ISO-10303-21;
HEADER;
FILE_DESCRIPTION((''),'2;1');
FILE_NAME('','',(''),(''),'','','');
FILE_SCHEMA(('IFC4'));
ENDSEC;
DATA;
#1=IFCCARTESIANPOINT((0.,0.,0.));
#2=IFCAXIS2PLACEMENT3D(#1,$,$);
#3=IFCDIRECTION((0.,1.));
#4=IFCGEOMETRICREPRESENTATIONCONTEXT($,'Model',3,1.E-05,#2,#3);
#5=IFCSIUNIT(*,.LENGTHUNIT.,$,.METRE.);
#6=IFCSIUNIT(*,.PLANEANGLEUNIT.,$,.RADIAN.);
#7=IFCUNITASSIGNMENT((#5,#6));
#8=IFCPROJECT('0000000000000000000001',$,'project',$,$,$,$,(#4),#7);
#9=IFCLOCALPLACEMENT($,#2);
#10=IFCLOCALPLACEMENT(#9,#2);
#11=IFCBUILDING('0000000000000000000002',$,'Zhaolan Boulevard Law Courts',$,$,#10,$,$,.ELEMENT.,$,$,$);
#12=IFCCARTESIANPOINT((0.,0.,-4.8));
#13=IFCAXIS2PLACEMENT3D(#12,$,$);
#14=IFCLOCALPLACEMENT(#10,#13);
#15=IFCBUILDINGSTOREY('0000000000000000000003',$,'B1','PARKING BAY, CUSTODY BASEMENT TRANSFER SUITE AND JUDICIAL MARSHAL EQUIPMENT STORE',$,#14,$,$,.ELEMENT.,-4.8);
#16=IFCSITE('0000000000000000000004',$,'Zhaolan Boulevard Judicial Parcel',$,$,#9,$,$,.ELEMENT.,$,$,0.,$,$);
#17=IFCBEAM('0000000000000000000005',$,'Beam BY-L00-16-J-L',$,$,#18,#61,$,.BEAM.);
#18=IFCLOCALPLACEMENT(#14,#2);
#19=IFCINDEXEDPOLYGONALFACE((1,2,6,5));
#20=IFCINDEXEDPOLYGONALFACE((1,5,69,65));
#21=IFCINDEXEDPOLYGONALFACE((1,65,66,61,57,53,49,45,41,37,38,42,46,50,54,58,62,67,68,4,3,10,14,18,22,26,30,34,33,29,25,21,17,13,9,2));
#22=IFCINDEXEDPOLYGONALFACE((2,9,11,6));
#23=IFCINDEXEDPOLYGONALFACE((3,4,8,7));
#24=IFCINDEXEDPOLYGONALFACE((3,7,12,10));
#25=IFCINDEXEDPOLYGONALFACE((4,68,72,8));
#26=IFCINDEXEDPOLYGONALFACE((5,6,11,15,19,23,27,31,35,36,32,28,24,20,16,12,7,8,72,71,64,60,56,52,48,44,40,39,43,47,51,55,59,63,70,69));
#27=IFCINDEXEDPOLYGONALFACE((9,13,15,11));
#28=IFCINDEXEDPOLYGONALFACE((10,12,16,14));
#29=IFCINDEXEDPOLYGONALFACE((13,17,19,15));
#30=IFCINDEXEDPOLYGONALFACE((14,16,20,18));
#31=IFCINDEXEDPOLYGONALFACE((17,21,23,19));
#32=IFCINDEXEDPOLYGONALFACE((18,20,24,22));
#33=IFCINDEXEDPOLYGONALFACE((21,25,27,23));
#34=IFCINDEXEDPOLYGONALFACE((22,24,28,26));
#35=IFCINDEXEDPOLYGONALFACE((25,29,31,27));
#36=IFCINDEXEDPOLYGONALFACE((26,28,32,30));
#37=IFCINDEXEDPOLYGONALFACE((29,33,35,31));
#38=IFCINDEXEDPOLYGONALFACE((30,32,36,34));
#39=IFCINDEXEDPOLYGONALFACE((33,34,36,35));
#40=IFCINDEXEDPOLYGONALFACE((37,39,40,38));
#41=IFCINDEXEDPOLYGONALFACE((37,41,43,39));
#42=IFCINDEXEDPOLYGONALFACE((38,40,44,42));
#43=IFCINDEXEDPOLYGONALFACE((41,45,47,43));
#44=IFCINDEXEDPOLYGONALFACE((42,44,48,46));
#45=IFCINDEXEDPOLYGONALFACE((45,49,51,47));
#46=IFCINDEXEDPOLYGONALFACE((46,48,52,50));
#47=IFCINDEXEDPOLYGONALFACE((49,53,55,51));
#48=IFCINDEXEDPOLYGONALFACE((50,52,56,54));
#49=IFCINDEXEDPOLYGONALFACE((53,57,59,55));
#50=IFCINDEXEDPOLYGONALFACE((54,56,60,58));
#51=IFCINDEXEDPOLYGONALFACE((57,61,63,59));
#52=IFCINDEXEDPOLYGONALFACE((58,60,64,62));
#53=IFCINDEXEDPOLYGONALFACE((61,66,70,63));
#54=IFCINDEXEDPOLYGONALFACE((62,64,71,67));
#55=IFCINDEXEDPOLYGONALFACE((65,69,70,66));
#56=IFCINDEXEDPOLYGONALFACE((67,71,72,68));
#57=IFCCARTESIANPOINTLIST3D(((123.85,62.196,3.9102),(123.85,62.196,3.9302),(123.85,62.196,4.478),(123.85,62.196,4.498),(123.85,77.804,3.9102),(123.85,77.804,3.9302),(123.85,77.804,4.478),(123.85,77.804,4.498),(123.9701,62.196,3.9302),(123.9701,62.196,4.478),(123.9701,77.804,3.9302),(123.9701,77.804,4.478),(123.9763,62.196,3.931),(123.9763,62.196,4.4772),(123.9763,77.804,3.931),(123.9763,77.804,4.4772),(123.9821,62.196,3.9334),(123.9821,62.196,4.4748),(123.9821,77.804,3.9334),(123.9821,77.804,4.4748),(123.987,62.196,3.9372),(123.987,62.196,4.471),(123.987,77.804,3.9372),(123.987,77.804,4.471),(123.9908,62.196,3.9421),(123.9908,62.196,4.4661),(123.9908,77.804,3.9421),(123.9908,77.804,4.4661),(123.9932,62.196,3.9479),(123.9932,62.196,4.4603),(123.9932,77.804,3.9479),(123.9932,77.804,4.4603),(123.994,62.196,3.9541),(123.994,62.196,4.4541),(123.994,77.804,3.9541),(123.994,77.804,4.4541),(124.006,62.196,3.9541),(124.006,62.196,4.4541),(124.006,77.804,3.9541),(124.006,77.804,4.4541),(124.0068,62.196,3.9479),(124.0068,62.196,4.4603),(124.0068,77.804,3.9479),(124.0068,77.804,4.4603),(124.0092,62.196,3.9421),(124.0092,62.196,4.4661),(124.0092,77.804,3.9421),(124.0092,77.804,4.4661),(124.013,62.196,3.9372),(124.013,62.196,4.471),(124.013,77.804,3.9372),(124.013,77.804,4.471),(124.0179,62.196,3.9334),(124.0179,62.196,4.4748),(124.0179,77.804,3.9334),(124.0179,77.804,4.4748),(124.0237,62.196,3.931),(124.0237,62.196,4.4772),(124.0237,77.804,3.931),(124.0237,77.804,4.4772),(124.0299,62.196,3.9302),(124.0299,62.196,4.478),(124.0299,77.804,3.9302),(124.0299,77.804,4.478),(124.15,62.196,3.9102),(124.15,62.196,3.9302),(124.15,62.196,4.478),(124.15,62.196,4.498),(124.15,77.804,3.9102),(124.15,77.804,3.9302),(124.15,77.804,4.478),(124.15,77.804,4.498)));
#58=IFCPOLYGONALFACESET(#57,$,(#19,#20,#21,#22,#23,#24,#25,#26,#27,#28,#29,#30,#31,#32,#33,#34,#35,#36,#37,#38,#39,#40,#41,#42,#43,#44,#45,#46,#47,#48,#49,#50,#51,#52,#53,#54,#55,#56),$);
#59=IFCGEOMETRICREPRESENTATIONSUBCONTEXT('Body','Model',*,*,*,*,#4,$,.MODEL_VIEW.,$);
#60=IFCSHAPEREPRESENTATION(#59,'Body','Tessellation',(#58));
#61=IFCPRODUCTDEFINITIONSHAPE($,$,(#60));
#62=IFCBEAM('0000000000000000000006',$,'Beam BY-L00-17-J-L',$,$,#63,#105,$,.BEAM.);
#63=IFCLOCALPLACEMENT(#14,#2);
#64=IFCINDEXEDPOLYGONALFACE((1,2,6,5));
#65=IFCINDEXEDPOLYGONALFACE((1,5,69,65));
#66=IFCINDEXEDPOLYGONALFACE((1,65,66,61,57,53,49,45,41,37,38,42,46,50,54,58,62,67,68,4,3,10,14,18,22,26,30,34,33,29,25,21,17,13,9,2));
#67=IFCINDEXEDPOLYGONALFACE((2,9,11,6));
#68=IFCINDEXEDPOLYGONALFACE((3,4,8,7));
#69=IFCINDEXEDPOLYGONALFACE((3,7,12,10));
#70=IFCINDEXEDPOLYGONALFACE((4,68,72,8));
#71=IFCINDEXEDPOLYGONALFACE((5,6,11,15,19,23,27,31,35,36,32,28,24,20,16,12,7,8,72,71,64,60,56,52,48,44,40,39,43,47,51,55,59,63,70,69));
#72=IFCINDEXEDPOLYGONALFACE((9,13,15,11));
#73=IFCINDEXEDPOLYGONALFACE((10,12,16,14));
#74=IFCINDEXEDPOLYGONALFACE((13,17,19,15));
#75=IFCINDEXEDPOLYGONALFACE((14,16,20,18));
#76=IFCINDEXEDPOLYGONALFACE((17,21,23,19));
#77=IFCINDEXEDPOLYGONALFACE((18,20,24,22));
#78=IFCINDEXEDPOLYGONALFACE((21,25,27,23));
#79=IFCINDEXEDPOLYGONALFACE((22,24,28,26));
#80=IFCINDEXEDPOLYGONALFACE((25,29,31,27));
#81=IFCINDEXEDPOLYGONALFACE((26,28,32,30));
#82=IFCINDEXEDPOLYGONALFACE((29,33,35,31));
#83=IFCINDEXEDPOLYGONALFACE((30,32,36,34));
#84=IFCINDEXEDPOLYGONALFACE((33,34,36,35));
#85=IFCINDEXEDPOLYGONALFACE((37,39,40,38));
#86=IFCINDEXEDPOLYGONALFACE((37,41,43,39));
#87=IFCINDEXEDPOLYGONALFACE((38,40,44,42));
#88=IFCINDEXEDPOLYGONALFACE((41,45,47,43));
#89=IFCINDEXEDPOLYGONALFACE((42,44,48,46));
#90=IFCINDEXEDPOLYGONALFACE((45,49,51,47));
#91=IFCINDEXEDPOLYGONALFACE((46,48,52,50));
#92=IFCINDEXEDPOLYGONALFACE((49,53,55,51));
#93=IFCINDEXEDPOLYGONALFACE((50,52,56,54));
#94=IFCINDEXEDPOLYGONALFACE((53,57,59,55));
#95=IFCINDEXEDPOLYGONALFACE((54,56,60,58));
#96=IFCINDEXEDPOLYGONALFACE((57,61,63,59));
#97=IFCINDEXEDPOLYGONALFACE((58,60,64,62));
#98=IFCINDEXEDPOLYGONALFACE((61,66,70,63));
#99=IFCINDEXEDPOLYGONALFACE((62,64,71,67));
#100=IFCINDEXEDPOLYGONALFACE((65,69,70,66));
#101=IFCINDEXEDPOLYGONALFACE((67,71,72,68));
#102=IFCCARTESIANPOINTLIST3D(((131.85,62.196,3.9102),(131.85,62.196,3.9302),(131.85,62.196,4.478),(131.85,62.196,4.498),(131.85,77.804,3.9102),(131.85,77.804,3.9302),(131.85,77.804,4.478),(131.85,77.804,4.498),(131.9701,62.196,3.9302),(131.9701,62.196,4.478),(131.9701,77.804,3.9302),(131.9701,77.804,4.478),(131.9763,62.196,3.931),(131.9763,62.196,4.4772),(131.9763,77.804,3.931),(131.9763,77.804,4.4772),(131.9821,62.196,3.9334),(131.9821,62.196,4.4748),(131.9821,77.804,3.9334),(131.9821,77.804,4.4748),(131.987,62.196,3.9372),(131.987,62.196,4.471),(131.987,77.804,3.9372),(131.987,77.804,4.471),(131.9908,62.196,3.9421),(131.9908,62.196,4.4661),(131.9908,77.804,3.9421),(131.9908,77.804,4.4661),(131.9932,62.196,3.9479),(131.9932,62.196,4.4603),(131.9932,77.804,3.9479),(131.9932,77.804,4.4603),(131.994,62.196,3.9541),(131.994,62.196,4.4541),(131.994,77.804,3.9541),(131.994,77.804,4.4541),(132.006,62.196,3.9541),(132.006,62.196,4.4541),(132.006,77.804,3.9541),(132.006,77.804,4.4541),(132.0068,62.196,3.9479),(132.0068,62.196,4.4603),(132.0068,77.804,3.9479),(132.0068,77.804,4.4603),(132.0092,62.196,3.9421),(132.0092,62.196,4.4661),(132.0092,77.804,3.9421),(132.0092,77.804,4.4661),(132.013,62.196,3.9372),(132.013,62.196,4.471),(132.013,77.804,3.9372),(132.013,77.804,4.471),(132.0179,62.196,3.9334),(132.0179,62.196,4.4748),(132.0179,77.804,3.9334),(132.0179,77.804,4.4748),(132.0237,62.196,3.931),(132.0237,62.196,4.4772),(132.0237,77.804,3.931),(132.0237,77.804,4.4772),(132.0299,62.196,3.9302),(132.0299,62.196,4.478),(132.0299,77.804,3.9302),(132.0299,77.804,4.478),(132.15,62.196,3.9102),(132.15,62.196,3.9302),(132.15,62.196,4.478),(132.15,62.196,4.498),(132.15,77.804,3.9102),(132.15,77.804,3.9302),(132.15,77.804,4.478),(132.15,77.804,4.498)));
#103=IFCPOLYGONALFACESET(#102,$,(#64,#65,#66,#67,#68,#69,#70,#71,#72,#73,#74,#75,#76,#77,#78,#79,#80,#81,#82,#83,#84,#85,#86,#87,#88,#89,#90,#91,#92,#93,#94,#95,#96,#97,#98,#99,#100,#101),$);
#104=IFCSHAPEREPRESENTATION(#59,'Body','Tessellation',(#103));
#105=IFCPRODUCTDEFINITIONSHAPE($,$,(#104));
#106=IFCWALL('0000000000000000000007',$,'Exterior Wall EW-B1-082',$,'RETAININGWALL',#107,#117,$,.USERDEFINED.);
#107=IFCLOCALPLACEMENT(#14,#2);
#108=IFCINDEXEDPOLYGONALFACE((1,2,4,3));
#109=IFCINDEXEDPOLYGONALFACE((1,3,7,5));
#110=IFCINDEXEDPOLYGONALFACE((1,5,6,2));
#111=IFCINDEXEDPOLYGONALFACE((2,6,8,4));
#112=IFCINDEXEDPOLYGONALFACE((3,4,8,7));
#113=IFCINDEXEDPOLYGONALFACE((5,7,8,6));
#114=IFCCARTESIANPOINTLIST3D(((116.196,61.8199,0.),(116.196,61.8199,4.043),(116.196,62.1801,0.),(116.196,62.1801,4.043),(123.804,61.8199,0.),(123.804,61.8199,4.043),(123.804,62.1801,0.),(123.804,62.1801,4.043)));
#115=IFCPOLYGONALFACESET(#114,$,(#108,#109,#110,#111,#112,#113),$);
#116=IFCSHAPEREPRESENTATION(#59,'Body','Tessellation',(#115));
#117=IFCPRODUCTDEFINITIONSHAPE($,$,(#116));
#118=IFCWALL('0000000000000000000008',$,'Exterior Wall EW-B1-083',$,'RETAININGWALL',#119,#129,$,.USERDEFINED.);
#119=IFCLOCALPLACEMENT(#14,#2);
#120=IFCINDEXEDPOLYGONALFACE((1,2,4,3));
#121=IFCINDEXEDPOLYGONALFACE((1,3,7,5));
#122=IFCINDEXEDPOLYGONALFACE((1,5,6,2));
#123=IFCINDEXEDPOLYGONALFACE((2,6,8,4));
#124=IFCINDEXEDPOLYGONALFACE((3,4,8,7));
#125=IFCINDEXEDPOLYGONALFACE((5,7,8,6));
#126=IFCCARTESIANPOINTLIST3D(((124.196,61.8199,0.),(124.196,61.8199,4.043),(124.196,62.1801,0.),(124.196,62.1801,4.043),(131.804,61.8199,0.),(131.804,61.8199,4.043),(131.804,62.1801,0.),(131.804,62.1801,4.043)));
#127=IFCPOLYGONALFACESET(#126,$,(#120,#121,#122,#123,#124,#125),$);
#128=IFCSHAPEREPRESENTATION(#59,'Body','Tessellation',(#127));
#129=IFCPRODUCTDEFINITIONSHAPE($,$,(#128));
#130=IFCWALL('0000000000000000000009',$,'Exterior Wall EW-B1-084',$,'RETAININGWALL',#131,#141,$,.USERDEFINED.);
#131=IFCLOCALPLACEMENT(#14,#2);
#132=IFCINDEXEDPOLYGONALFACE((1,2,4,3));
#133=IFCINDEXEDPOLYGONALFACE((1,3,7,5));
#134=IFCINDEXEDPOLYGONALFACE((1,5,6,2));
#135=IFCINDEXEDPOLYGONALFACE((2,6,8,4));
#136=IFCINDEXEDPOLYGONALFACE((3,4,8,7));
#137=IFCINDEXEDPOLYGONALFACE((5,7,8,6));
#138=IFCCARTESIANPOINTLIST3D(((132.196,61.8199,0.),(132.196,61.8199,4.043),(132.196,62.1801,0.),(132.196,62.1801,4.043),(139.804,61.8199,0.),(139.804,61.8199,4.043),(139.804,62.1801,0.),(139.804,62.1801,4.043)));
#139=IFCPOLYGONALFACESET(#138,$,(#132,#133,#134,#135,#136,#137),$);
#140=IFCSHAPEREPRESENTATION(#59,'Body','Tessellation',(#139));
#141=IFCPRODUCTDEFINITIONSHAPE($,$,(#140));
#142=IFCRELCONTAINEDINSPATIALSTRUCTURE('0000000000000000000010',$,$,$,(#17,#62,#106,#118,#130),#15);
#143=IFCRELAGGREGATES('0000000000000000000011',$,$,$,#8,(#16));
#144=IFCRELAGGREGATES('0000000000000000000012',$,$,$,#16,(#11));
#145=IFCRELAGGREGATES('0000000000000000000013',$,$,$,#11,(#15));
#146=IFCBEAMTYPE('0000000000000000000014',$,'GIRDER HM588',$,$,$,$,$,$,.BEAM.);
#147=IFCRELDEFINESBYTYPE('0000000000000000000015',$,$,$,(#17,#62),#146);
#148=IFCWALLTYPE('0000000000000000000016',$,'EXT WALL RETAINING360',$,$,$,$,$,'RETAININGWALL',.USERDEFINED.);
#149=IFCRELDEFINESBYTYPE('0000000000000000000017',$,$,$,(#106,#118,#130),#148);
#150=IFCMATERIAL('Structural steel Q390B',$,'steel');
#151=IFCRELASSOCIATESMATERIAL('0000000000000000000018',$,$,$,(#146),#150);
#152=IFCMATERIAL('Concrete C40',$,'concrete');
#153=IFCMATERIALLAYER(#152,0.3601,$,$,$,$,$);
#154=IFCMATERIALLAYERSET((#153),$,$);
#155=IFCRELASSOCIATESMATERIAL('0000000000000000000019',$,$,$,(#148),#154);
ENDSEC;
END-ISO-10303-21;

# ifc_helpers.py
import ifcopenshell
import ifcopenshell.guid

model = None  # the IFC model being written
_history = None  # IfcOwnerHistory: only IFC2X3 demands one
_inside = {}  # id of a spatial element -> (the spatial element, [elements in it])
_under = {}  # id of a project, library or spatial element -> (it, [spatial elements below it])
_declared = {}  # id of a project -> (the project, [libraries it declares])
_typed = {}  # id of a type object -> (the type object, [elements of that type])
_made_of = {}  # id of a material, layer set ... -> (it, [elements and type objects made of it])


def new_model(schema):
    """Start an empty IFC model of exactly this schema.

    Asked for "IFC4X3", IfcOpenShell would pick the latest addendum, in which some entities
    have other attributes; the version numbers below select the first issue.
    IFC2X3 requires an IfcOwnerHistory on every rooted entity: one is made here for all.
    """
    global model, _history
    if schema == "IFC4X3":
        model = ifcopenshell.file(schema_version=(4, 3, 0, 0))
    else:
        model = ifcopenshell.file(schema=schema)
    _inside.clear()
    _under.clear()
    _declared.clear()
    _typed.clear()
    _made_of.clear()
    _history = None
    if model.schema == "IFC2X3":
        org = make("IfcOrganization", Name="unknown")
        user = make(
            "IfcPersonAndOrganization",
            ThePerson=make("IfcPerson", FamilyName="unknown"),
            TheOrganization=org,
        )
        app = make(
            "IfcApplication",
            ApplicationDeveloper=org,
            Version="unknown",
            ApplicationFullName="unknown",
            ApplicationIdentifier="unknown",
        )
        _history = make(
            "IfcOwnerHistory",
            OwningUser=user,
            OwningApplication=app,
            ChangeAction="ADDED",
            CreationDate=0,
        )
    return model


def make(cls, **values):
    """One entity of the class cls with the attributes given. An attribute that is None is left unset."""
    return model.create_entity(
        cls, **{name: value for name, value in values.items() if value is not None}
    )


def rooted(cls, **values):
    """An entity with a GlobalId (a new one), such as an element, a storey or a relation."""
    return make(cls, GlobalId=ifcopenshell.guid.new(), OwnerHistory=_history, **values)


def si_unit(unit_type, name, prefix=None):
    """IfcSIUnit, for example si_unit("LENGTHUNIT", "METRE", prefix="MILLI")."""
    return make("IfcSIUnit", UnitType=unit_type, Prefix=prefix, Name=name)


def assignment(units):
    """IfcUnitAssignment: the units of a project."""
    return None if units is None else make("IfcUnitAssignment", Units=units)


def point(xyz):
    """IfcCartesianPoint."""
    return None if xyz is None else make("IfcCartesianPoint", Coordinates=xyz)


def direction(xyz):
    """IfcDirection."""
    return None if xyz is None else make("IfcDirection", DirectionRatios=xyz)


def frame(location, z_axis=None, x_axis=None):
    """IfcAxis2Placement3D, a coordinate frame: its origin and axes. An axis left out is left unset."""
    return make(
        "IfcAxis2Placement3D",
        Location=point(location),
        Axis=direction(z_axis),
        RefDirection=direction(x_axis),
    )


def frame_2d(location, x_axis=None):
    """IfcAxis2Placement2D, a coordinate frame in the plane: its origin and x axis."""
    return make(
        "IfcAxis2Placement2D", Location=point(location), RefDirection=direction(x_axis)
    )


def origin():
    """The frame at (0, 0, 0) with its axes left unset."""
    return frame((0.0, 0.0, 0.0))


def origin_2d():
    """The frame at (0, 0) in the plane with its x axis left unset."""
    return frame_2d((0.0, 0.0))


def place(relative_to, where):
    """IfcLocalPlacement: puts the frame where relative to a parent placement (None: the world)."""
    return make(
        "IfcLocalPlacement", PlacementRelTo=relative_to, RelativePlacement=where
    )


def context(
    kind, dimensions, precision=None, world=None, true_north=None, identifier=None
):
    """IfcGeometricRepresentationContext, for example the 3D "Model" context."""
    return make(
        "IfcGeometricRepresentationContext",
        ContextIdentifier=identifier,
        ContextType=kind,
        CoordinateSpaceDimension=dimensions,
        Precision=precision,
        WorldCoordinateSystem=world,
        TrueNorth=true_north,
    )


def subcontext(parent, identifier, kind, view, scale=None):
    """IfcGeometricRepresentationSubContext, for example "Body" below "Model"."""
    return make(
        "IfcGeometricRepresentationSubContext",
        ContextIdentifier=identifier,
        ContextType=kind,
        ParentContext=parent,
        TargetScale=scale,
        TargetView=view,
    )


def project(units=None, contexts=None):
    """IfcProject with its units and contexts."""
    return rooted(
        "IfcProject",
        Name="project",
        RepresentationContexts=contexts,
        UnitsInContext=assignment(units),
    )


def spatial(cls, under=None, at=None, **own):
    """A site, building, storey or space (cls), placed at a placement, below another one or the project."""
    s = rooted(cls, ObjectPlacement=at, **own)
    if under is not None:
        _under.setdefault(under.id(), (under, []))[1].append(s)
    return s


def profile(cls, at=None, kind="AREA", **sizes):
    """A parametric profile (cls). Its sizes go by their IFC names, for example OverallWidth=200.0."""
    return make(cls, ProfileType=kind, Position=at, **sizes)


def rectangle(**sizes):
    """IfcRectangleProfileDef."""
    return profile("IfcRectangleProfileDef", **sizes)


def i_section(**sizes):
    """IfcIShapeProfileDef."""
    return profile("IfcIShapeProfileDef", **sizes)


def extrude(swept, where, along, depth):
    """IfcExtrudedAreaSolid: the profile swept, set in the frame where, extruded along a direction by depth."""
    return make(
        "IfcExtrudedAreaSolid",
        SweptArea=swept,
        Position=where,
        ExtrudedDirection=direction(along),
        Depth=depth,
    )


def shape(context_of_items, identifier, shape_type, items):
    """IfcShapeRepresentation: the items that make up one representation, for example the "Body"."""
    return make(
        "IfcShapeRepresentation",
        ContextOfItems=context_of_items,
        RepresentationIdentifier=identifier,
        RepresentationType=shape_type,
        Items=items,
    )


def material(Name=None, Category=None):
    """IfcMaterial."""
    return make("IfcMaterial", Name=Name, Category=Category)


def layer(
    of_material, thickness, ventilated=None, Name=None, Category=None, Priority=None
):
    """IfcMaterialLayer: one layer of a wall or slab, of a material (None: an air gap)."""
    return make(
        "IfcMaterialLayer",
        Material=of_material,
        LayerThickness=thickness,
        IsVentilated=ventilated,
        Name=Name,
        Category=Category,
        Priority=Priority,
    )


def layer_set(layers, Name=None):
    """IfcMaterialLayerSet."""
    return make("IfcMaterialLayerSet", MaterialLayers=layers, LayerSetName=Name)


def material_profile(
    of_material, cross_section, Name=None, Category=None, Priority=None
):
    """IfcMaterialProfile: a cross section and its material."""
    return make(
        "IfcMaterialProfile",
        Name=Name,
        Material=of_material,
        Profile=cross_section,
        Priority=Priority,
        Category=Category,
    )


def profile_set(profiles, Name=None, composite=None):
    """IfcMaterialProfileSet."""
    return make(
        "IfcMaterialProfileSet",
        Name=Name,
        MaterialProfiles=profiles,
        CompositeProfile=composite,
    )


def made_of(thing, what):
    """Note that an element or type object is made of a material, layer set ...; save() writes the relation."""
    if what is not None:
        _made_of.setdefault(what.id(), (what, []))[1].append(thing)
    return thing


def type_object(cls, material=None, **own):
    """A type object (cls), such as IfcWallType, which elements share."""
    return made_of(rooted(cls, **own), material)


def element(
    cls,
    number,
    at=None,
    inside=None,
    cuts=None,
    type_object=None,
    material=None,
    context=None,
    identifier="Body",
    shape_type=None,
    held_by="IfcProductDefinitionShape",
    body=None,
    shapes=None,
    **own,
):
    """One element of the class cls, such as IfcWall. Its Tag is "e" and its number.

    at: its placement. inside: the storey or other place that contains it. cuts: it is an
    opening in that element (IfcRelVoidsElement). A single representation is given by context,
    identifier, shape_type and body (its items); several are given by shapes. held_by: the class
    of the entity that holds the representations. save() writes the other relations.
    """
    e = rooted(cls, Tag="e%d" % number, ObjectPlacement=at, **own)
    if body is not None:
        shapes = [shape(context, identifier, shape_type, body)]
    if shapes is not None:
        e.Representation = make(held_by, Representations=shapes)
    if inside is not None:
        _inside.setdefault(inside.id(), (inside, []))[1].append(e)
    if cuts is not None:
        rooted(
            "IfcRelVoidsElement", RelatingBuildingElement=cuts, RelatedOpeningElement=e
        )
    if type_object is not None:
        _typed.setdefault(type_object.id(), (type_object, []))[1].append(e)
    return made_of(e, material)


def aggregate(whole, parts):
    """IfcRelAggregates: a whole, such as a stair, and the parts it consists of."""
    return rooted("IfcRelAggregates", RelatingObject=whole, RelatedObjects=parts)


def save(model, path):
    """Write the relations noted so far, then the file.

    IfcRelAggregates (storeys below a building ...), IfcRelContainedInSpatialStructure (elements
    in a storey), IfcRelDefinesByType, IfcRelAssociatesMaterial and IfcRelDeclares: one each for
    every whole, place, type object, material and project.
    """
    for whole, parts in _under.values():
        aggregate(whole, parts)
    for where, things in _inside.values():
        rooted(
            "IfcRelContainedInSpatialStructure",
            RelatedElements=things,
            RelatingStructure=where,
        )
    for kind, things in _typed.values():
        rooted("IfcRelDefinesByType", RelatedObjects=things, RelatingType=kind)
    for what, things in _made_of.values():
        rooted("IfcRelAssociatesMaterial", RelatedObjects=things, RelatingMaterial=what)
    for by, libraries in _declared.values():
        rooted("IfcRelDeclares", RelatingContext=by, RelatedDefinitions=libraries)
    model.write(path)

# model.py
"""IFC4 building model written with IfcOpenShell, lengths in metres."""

from ifc_helpers import new_model, si_unit, direction, frame, frame_2d, origin, origin_2d, place, context, subcontext, project, spatial, rectangle, i_section, extrude, material, layer, layer_set, material_profile, profile_set, type_object, element, save


model = new_model("IFC4")

# Units and contexts
model_context = context("Model", 3, precision=1e-05, world=origin(), true_north=direction((0.0, 1.0)))
body_context = subcontext(model_context, "Body", "Model", "MODEL_VIEW")
ifc_project = project(units=[si_unit("LENGTHUNIT", "METRE"), si_unit("PLANEANGLEUNIT", "RADIAN")], contexts=[model_context])

# Site, building, storey
site_placement = place(None, origin())
site = spatial("IfcSite", under=ifc_project, at=site_placement, Name="Zhaolan Boulevard Judicial Parcel", CompositionType="ELEMENT", RefElevation=0.0)
building_placement = place(site_placement, origin())
building = spatial("IfcBuilding", under=site, at=building_placement, Name="Zhaolan Boulevard Law Courts", CompositionType="ELEMENT")
storey_placement = place(building_placement, frame((0.0, 0.0, -4.8)))
storey = spatial("IfcBuildingStorey", under=building, at=storey_placement, Name="B1", Description="PARKING BAY, CUSTODY BASEMENT TRANSFER SUITE AND JUDICIAL MARSHAL EQUIPMENT STORE", CompositionType="ELEMENT", Elevation=-4.8)

# Beams
ifc_material_1 = material(Name="Structural steel Q390B", Category="steel")
ifc_material_profile_1 = material_profile(ifc_material_1, i_section(OverallWidth=0.3, OverallDepth=0.5879, WebThickness=0.012, FlangeThickness=0.02, FilletRadius=0.0239, at=origin_2d()), Name="HM588x300")
ifc_profile_set_1 = profile_set([ifc_material_profile_1], Name="Structural steel Q390B")
beam_type_1 = type_object("IfcBeamType", Name="GIRDER HM588", PredefinedType="BEAM", material=ifc_profile_set_1)
for number, where, z_axis, x_axis, name in (
    (1, (124.0, 62.196, 4.2041), (0.0, 1.0, 0.0), (-1.0, 0.0, 0.0), "Beam BY-L00-16-J-L"),
    (2, (132.0, 62.196, 4.2041), (0.0, 1.0, 0.0), (-1.0, 0.0, 0.0), "Beam BY-L00-17-J-L"),
):
    element("IfcBeam", number, at=place(storey_placement, frame(where, z_axis=z_axis, x_axis=x_axis)), inside=storey, type_object=beam_type_1, Name=name, PredefinedType="BEAM", context=body_context, shape_type="SweptSolid", body=[
        extrude(i_section(OverallWidth=0.3, OverallDepth=0.5879, WebThickness=0.012, FlangeThickness=0.02, FilletRadius=0.0239, at=origin_2d()), origin(), (0.0, 0.0, 1.0), 15.6079),
    ])

# Walls
ifc_material_2 = material(Name="Concrete C40", Category="concrete")
ifc_layer = layer(ifc_material_2, 0.3601)
ifc_layer_set = layer_set([ifc_layer])
wall_type = type_object("IfcWallType", Name="EXT WALL RETAINING360", ElementType="RETAININGWALL", PredefinedType="USERDEFINED", material=ifc_layer_set)
for number, where, z_axis, x_axis, name in (
    (3, (116.196, 62.0, 0.0), (0.0, 0.0, 1.0), (1.0, 0.0, 0.0), "Exterior Wall EW-B1-082"),
    (4, (124.196, 62.0, 0.0), (0.0, 0.0, 1.0), (1.0, 0.0, 0.0), "Exterior Wall EW-B1-083"),
    (5, (132.196, 62.0, 0.0), (0.0, 0.0, 1.0), (1.0, 0.0, 0.0), "Exterior Wall EW-B1-084"),
):
    element("IfcWall", number, at=place(storey_placement, frame(where, z_axis=z_axis, x_axis=x_axis)), inside=storey, type_object=wall_type, Name=name, ObjectType="RETAININGWALL", PredefinedType="USERDEFINED", context=body_context, shape_type="SweptSolid", body=[
        extrude(rectangle(XDim=7.6079, YDim=0.3601, at=frame_2d((3.804, 0.0))), origin(), (0.0, 0.0, 1.0), 4.043),
    ])

save(model, "model.ifc")
